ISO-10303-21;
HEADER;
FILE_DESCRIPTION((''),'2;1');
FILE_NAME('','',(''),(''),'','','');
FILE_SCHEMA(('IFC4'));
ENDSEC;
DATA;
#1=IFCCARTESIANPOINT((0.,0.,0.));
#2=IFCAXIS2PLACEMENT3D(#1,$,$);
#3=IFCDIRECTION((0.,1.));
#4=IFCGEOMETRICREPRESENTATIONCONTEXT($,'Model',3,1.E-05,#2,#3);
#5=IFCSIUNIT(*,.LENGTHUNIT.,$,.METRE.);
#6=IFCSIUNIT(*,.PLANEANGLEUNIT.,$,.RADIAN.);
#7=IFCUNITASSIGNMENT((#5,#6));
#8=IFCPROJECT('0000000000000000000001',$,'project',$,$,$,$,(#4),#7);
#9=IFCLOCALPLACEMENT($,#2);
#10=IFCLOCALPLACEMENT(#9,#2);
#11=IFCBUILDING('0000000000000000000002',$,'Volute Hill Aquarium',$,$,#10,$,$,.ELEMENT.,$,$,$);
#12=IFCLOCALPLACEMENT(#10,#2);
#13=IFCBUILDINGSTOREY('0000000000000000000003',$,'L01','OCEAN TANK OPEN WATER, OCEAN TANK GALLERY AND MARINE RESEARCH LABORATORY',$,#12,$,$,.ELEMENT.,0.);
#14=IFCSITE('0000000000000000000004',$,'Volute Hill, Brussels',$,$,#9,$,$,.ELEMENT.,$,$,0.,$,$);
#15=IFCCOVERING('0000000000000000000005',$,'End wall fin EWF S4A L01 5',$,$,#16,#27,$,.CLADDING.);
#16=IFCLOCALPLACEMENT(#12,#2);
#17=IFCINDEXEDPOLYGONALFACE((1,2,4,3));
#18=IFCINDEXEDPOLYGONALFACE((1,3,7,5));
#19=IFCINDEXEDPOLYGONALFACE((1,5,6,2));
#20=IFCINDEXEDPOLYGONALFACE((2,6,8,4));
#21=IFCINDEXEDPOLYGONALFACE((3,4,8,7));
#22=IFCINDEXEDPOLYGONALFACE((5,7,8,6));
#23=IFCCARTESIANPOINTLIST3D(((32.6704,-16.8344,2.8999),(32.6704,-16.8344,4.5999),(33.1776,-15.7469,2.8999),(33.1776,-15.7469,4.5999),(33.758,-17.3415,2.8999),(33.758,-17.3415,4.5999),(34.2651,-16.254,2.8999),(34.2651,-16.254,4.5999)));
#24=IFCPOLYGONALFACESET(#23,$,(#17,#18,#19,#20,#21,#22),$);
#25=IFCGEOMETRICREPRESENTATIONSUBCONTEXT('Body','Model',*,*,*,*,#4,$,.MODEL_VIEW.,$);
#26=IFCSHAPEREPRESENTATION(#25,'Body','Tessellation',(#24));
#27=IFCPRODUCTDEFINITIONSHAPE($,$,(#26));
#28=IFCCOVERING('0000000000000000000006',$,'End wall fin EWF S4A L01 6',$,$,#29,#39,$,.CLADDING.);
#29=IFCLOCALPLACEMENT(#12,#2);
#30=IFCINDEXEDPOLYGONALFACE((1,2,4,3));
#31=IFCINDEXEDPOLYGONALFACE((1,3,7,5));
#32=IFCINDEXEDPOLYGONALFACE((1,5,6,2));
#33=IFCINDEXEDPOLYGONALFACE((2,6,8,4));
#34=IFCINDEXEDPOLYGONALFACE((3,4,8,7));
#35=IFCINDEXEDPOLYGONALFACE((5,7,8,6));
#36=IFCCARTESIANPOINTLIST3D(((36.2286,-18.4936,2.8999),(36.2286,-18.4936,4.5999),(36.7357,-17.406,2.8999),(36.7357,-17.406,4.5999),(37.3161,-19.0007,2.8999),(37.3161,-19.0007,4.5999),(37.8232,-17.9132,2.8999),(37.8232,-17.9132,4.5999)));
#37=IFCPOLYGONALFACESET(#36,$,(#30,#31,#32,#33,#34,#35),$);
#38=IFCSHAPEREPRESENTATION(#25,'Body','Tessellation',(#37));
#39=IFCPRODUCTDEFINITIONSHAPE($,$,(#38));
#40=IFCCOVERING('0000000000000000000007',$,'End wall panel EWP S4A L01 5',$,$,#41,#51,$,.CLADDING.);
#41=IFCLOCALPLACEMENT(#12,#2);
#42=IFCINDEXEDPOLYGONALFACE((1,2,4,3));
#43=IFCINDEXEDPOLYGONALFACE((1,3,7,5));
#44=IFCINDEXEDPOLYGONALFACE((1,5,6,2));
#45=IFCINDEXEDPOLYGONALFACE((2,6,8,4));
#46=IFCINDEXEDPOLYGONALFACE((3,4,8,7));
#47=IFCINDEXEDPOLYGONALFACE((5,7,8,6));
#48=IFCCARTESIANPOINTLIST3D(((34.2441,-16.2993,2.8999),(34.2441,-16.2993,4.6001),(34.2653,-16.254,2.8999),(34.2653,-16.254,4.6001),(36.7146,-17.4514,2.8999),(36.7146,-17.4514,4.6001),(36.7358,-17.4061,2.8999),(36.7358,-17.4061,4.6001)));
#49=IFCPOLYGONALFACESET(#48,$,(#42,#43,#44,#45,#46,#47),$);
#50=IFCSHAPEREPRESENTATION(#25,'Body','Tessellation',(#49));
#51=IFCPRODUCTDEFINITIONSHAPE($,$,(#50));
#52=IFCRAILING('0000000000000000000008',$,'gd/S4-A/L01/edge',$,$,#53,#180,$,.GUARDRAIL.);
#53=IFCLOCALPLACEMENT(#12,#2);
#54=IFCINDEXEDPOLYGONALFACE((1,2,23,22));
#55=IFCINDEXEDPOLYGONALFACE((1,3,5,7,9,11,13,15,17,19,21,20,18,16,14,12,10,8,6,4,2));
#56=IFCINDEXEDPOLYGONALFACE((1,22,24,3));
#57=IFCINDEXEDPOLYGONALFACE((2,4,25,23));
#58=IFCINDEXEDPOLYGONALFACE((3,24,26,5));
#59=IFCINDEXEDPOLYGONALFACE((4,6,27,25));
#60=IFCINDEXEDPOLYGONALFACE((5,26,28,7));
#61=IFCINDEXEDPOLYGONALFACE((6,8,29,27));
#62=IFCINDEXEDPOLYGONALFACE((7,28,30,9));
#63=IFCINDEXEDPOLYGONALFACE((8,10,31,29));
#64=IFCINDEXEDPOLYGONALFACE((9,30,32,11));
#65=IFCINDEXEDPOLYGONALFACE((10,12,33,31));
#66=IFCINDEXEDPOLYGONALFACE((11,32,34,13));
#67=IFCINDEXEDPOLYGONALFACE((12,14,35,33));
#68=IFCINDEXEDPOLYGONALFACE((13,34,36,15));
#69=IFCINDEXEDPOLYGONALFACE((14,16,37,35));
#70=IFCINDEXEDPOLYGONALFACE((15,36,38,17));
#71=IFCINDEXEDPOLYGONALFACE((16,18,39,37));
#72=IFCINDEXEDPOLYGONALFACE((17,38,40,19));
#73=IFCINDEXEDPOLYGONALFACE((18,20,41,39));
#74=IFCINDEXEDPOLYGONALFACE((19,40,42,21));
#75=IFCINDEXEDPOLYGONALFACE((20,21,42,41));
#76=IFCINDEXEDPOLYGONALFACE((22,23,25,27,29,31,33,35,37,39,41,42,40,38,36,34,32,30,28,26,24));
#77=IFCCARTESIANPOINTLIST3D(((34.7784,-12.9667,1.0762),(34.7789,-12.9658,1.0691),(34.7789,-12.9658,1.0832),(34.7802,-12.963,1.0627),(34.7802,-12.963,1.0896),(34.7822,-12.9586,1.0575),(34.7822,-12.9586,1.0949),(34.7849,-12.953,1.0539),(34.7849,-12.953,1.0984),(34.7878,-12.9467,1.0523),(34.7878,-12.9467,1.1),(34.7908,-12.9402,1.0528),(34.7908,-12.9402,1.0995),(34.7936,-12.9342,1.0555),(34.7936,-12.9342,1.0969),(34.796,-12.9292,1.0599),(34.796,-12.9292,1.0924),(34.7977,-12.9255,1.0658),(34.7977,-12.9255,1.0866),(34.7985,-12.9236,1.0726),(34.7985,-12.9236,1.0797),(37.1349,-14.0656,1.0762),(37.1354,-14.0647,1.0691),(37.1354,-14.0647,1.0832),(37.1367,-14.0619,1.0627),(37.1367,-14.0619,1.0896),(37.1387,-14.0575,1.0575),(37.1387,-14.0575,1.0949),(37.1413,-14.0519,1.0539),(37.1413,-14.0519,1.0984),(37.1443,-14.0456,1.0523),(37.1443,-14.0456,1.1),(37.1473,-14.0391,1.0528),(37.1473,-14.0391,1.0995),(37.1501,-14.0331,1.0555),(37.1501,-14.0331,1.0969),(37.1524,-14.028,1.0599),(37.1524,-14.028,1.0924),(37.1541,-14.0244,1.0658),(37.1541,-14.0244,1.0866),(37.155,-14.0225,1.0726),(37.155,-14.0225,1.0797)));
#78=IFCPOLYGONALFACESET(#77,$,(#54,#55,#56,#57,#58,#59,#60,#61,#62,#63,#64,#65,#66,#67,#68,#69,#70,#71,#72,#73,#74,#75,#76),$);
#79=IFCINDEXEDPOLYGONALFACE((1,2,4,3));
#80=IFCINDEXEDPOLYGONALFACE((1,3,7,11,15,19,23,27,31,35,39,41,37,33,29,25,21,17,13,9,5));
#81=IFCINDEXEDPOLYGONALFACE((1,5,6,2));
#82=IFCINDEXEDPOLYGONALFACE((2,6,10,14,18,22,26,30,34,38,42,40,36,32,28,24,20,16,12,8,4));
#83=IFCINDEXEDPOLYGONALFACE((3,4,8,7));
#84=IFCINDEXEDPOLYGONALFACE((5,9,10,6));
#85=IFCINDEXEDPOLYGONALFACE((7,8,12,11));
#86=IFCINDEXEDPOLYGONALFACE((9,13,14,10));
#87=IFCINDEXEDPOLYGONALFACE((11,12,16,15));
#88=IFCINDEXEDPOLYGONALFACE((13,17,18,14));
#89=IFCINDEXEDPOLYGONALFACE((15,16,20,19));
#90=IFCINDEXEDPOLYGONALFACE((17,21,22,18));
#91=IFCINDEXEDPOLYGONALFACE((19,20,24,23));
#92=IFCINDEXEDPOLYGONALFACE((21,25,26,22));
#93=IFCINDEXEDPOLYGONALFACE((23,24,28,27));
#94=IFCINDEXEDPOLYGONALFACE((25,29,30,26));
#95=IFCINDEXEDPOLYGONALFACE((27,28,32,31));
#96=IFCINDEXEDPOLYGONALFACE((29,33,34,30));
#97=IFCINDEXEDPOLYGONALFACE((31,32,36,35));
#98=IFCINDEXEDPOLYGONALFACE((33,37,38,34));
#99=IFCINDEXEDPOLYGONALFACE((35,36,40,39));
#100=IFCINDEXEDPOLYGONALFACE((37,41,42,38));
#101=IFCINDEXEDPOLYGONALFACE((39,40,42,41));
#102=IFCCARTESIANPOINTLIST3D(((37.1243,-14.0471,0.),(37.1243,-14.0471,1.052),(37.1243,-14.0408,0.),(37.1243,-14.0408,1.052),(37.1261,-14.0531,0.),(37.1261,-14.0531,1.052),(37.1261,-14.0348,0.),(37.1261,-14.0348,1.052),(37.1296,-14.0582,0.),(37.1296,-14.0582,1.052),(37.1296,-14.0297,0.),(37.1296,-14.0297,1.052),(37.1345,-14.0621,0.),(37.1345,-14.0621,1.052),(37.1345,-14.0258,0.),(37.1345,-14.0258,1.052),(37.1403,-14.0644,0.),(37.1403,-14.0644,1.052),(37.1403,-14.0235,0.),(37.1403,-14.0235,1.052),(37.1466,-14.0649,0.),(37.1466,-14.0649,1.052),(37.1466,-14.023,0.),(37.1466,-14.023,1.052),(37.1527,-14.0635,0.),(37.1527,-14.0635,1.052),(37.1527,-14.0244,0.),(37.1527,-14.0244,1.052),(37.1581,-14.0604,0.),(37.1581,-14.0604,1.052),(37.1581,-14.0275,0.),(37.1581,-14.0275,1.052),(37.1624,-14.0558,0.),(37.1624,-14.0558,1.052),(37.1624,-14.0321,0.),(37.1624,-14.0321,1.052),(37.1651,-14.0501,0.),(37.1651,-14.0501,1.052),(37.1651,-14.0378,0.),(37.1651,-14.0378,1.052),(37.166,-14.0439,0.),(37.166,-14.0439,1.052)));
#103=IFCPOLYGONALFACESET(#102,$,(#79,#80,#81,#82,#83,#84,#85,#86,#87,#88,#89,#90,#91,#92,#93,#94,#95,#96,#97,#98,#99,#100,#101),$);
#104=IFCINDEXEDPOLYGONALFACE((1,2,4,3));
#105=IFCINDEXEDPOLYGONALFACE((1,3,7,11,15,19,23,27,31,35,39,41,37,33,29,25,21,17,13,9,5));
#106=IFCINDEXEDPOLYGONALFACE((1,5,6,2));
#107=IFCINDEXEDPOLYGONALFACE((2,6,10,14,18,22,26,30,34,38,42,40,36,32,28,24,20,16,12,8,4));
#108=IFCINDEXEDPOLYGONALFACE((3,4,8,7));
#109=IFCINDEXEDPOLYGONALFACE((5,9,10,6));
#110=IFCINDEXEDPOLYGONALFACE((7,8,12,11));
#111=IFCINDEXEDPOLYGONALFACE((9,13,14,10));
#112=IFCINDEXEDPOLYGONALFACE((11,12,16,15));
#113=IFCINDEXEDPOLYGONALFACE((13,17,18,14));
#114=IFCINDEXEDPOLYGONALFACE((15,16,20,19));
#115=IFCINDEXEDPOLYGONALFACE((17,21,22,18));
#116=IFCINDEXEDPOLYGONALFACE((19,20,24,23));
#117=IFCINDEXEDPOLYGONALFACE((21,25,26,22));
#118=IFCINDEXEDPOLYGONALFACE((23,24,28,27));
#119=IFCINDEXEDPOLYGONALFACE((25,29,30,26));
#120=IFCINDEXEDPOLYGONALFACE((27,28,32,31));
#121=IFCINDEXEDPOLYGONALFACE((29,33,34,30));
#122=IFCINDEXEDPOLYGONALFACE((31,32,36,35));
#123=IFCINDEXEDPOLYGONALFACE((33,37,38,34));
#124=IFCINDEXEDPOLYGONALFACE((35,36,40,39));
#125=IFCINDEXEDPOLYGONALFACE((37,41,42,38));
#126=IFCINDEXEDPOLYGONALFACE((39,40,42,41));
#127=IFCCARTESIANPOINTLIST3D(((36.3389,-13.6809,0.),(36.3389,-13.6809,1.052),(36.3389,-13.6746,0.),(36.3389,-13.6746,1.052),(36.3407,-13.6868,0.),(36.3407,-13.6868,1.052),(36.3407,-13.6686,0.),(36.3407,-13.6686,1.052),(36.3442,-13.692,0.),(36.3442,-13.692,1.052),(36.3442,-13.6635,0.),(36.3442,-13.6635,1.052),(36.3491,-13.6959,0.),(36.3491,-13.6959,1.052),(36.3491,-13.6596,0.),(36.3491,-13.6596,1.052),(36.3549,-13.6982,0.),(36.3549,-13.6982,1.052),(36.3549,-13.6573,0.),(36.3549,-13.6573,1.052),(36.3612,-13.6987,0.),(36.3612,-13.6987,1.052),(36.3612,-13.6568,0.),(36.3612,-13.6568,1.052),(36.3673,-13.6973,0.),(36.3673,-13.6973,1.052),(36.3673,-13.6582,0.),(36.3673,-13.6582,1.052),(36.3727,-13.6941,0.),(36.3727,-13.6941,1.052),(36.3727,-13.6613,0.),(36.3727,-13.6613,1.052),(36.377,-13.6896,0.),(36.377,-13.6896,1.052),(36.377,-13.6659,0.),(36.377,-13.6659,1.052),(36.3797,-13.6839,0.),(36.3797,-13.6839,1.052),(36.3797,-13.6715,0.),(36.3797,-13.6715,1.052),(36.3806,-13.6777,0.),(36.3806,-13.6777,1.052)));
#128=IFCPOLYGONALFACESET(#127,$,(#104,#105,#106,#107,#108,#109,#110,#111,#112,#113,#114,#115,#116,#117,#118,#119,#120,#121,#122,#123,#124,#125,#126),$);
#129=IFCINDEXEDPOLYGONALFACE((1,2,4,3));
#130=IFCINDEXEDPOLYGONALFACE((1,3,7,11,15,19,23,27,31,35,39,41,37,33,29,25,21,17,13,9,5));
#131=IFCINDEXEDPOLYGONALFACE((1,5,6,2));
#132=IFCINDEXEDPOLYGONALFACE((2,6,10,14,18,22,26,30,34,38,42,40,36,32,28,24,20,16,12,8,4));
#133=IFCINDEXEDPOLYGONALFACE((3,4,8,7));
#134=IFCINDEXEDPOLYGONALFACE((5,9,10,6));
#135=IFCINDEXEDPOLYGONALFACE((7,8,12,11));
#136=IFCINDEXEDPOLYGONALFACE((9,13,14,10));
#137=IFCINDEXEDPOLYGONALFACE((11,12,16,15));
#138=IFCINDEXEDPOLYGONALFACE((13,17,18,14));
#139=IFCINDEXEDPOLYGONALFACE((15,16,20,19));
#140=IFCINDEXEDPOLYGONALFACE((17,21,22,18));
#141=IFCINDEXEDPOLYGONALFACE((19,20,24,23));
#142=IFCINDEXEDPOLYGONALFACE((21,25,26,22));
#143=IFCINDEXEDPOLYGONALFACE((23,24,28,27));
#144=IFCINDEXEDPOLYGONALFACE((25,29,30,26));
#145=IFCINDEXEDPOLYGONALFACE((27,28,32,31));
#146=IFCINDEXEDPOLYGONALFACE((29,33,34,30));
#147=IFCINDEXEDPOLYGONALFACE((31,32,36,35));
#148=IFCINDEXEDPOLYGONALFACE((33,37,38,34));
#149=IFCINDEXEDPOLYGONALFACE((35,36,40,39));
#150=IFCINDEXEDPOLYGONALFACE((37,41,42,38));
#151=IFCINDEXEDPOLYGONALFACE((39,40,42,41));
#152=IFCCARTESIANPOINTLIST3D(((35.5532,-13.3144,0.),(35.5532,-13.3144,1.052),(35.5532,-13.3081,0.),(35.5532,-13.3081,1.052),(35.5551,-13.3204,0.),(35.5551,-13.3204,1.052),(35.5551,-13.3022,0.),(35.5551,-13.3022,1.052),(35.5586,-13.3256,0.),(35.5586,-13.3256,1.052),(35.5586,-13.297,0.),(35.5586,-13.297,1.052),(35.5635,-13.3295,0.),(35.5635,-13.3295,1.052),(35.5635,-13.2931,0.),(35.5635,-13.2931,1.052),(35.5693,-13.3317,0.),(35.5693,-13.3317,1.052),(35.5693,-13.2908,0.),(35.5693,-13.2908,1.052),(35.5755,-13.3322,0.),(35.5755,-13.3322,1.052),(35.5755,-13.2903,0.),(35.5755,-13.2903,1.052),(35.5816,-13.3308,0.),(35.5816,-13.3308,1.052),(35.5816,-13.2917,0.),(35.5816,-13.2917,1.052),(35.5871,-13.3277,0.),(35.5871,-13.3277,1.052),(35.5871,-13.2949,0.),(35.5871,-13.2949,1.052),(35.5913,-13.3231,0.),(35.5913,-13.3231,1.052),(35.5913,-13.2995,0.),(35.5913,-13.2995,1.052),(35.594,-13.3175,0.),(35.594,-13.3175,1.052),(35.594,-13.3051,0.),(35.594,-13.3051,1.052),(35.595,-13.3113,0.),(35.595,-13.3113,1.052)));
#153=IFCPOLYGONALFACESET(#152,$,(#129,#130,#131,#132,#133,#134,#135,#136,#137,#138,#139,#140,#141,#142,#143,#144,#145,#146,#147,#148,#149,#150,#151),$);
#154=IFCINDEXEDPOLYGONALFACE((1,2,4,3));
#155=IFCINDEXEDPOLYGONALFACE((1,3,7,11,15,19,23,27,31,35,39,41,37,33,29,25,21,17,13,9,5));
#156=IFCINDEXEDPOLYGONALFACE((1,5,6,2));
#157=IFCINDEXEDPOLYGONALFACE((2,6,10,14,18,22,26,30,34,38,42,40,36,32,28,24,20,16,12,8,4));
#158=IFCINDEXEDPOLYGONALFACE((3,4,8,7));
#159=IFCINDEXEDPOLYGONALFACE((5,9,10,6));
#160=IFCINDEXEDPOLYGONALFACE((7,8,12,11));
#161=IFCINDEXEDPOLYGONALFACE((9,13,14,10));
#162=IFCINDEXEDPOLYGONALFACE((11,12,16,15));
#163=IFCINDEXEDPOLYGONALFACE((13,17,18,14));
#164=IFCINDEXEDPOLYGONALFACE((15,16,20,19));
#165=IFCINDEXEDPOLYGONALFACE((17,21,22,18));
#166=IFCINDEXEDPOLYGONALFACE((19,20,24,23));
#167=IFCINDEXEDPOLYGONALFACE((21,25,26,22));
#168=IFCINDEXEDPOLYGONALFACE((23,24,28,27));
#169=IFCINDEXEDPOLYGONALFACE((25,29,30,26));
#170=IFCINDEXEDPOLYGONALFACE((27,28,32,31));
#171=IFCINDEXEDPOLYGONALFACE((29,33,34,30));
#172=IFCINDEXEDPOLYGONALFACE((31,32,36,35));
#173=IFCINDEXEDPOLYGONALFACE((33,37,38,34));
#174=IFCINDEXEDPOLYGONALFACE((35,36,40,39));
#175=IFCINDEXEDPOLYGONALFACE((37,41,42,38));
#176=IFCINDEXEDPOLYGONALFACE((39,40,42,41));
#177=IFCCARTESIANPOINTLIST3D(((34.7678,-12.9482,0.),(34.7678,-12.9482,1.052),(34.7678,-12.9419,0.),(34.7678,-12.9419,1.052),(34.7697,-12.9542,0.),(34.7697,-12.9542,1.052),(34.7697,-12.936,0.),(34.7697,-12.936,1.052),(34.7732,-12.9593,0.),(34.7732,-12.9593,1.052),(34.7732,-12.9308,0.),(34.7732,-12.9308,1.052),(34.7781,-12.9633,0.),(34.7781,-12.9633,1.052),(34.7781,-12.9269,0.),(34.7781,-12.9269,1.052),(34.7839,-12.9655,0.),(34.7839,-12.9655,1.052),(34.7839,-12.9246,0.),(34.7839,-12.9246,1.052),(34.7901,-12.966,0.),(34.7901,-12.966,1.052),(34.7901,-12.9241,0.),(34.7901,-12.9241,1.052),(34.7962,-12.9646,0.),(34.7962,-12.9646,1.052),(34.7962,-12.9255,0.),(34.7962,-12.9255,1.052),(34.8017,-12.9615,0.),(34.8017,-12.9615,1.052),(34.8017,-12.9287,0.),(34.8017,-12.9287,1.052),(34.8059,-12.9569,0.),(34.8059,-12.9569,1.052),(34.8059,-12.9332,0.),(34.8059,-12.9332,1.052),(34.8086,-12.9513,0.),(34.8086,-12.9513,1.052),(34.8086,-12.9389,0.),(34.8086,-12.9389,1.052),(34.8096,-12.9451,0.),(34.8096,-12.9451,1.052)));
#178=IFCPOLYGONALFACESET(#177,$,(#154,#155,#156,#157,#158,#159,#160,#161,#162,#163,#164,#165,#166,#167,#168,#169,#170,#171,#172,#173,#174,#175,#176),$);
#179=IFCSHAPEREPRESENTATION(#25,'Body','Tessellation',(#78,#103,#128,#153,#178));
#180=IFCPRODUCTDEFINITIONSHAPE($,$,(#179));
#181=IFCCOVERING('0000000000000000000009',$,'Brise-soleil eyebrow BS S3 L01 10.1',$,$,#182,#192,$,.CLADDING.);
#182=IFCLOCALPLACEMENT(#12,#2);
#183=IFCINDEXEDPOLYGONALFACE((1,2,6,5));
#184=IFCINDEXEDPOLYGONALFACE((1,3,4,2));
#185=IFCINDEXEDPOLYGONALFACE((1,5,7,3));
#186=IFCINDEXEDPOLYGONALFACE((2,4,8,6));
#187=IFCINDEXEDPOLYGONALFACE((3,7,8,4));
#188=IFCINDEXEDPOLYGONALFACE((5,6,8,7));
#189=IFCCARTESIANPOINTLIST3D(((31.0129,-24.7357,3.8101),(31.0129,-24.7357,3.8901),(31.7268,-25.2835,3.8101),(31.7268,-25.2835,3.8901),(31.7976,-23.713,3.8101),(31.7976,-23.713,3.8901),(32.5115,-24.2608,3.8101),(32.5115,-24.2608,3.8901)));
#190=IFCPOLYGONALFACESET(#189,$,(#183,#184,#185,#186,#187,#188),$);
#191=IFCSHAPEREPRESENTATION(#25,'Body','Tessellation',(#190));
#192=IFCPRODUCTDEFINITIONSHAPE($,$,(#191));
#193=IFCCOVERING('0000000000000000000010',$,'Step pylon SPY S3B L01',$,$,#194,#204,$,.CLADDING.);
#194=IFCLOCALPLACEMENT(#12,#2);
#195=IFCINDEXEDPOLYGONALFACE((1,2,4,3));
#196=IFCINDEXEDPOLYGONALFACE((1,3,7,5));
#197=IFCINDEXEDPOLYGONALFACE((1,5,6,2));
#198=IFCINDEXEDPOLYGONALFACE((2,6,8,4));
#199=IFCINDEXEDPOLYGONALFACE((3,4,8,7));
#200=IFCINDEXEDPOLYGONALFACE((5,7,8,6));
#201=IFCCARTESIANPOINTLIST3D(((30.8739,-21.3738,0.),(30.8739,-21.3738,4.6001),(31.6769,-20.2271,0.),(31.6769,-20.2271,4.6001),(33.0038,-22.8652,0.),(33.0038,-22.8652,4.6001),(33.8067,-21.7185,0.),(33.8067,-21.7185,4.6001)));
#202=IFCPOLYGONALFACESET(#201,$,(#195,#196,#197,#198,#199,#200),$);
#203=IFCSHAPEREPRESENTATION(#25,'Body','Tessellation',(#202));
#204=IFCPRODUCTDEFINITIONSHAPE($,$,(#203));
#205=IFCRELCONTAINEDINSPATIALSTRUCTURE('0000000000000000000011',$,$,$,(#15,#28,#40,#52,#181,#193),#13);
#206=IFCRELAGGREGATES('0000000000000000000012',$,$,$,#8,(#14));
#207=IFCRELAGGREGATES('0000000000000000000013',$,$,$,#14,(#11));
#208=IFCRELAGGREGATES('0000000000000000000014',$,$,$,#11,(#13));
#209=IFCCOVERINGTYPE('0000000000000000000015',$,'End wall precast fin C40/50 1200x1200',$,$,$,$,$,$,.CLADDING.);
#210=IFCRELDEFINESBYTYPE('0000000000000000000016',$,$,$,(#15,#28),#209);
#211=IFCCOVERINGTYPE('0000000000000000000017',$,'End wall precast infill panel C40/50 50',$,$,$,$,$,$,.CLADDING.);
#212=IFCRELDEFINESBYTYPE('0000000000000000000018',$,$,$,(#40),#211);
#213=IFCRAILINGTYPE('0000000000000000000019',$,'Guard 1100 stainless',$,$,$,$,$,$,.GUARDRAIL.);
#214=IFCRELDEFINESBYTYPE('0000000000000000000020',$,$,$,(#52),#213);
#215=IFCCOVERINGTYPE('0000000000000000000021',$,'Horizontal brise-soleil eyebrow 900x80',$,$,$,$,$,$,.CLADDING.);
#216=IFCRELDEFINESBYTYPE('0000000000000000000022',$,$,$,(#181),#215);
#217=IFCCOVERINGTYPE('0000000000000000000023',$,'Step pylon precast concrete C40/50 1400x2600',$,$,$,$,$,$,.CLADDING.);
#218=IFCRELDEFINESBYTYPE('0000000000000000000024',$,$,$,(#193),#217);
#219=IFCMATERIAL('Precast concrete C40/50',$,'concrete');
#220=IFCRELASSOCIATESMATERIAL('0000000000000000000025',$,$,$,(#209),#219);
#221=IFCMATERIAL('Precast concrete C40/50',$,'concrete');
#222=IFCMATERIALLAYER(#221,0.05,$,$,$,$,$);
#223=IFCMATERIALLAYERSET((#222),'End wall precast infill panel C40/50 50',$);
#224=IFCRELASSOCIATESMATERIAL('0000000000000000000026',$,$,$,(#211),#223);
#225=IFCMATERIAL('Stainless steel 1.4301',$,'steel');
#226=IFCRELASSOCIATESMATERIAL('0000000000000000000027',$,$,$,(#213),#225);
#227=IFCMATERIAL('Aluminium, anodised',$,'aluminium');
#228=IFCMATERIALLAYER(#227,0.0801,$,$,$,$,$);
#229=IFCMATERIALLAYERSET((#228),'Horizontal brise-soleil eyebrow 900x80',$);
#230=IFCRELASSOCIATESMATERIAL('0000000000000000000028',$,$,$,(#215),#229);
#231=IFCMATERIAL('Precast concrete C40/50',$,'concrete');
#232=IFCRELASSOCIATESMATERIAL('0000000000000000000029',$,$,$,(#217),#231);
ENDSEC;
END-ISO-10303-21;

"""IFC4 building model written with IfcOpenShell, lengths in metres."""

from ifc_helpers import new_model, si_unit, direction, frame, origin, origin_2d, place, context, subcontext, project, spatial, polyline, rectangle, circle, outline, extrude, material, layer, layer_set, type_object, element, save


model = new_model("IFC4")

# Units and contexts
model_context = context("Model", 3, precision=1e-05, world=origin(), true_north=direction((0.0, 1.0)))
body_context = subcontext(model_context, "Body", "Model", "MODEL_VIEW")
ifc_project = project(units=[si_unit("LENGTHUNIT", "METRE"), si_unit("PLANEANGLEUNIT", "RADIAN")], contexts=[model_context])

# Site, building, storey
site_placement = place(None, origin())
site = spatial("IfcSite", under=ifc_project, at=site_placement, Name="Volute Hill, Brussels", CompositionType="ELEMENT", RefElevation=0.0)
building_placement = place(site_placement, origin())
building = spatial("IfcBuilding", under=site, at=building_placement, Name="Volute Hill Aquarium", CompositionType="ELEMENT")
storey_placement = place(building_placement, origin())
storey = spatial("IfcBuildingStorey", under=building, at=storey_placement, Name="L01", Description="OCEAN TANK OPEN WATER, OCEAN TANK GALLERY AND MARINE RESEARCH LABORATORY", CompositionType="ELEMENT", Elevation=0.0)

# Coverings
ifc_material_1 = material(Name="Precast concrete C40/50", Category="concrete")
covering_type_1 = type_object("IfcCoveringType", Name="End wall precast fin C40/50 1200x1200", PredefinedType="CLADDING", material=ifc_material_1)
for number, where, z_axis, x_axis, name in (
    (1, (33.4678, -16.5442, 2.8999), (0.0, 0.0, 1.0), (0.906307, -0.42262, 0.0), "End wall fin EWF S4A L01 5"),
    (2, (37.0259, -18.2034, 2.8999), (0.0, 0.0, 1.0), (0.906307, -0.42262, 0.0), "End wall fin EWF S4A L01 6"),
):
    element("IfcCovering", number, at=place(storey_placement, frame(where, z_axis=z_axis, x_axis=x_axis)), inside=storey, type_object=covering_type_1, Name=name, PredefinedType="CLADDING", context=body_context, shape_type="SweptSolid", body=[
        extrude(rectangle(XDim=1.2, YDim=1.2, at=origin_2d()), origin(), (0.0, 0.0, 1.0), 1.7),
    ])
ifc_material_2 = material(Name="Precast concrete C40/50", Category="concrete")
ifc_layer_1 = layer(ifc_material_2, 0.05)
ifc_layer_set_1 = layer_set([ifc_layer_1], Name="End wall precast infill panel C40/50 50")
covering_type_2 = type_object("IfcCoveringType", Name="End wall precast infill panel C40/50 50", PredefinedType="CLADDING", material=ifc_layer_set_1)
covering_1_placement = place(storey_placement, frame((34.2441, -16.2993, 2.8999), z_axis=(-0.42265, -0.906293, 0.0), x_axis=(0.906293, -0.42265, 0.0)))
element("IfcCovering", 3, at=covering_1_placement, inside=storey, type_object=covering_type_2, Name="End wall panel EWP S4A L01 5", PredefinedType="CLADDING", context=body_context, shape_type="SweptSolid", body=[
    extrude(outline(polyline([(0.0, 0.0), (2.7259, 0.0), (2.7259, 1.7002), (0.0, 1.7002), (0.0, 0.0)])), origin(), (0.0, 0.0, -1.0), 0.05),
])

# Railing
ifc_material_3 = material(Name="Stainless steel 1.4301", Category="steel")
railing_type = type_object("IfcRailingType", Name="Guard 1100 stainless", PredefinedType="GUARDRAIL", material=ifc_material_3)
railing_placement = place(storey_placement, frame((37.145, -14.0439, 0.0)))
element("IfcRailing", 4, at=railing_placement, inside=storey, type_object=railing_type, Name="gd/S4-A/L01/edge", PredefinedType="GUARDRAIL", context=body_context, shape_type="SweptSolid", body=[
    extrude(circle(Radius=0.0239, at=origin_2d()), frame((0.0, 0.0, 1.0762), z_axis=(-0.906301, 0.422634, 0.0), x_axis=(-0.422634, -0.906301, 0.0)), (0.0, 0.0, 1.0), 2.6001),
    extrude(circle(Radius=0.021, at=origin_2d()), origin(), (0.0, 0.0, 1.0), 1.052),
    extrude(circle(Radius=0.021, at=origin_2d()), frame((-0.7854, 0.3662, 0.0)), (0.0, 0.0, 1.0), 1.052),
    extrude(circle(Radius=0.021, at=origin_2d()), frame((-1.571, 0.7327, 0.0)), (0.0, 0.0, 1.0), 1.052),
    extrude(circle(Radius=0.021, at=origin_2d()), frame((-2.3564, 1.0989, 0.0)), (0.0, 0.0, 1.0), 1.052),
])

# Coverings
ifc_material_4 = material(Name="Aluminium, anodised", Category="aluminium")
ifc_layer_2 = layer(ifc_material_4, 0.0801)
ifc_layer_set_2 = layer_set([ifc_layer_2], Name="Horizontal brise-soleil eyebrow 900x80")
covering_type_3 = type_object("IfcCoveringType", Name="Horizontal brise-soleil eyebrow 900x80", PredefinedType="CLADDING", material=ifc_layer_set_2)
covering_2_placement = place(storey_placement, frame((31.7622, -24.4983, 3.8101), z_axis=(0.0, 0.0, 1.0), x_axis=(0.608746, 0.793365, 0.0)))
element("IfcCovering", 5, at=covering_2_placement, inside=storey, type_object=covering_type_3, Name="Brise-soleil eyebrow BS S3 L01 10.1", PredefinedType="CLADDING", context=body_context, shape_type="SweptSolid", body=[
    extrude(rectangle(XDim=1.2891, YDim=0.8999, at=origin_2d()), origin(), (0.0, 0.0, 1.0), 0.0801),
])
ifc_material_5 = material(Name="Precast concrete C40/50", Category="concrete")
covering_type_4 = type_object("IfcCoveringType", Name="Step pylon precast concrete C40/50 1400x2600", PredefinedType="CLADDING", material=ifc_material_5)
for number, where, z_axis, x_axis, name in (
    (6, (32.3403, -21.5461, 0.0), (0.0, 0.0, 1.0), (0.819152, -0.573576, 0.0), "Step pylon SPY S3B L01"),
):
    element("IfcCovering", number, at=place(storey_placement, frame(where, z_axis=z_axis, x_axis=x_axis)), inside=storey, type_object=covering_type_4, Name=name, PredefinedType="CLADDING", context=body_context, shape_type="SweptSolid", body=[
        extrude(rectangle(XDim=2.6001, YDim=1.3999, at=origin_2d()), origin(), (0.0, 0.0, 1.0), 4.6001),
    ])

save(model, "model.ifc")
